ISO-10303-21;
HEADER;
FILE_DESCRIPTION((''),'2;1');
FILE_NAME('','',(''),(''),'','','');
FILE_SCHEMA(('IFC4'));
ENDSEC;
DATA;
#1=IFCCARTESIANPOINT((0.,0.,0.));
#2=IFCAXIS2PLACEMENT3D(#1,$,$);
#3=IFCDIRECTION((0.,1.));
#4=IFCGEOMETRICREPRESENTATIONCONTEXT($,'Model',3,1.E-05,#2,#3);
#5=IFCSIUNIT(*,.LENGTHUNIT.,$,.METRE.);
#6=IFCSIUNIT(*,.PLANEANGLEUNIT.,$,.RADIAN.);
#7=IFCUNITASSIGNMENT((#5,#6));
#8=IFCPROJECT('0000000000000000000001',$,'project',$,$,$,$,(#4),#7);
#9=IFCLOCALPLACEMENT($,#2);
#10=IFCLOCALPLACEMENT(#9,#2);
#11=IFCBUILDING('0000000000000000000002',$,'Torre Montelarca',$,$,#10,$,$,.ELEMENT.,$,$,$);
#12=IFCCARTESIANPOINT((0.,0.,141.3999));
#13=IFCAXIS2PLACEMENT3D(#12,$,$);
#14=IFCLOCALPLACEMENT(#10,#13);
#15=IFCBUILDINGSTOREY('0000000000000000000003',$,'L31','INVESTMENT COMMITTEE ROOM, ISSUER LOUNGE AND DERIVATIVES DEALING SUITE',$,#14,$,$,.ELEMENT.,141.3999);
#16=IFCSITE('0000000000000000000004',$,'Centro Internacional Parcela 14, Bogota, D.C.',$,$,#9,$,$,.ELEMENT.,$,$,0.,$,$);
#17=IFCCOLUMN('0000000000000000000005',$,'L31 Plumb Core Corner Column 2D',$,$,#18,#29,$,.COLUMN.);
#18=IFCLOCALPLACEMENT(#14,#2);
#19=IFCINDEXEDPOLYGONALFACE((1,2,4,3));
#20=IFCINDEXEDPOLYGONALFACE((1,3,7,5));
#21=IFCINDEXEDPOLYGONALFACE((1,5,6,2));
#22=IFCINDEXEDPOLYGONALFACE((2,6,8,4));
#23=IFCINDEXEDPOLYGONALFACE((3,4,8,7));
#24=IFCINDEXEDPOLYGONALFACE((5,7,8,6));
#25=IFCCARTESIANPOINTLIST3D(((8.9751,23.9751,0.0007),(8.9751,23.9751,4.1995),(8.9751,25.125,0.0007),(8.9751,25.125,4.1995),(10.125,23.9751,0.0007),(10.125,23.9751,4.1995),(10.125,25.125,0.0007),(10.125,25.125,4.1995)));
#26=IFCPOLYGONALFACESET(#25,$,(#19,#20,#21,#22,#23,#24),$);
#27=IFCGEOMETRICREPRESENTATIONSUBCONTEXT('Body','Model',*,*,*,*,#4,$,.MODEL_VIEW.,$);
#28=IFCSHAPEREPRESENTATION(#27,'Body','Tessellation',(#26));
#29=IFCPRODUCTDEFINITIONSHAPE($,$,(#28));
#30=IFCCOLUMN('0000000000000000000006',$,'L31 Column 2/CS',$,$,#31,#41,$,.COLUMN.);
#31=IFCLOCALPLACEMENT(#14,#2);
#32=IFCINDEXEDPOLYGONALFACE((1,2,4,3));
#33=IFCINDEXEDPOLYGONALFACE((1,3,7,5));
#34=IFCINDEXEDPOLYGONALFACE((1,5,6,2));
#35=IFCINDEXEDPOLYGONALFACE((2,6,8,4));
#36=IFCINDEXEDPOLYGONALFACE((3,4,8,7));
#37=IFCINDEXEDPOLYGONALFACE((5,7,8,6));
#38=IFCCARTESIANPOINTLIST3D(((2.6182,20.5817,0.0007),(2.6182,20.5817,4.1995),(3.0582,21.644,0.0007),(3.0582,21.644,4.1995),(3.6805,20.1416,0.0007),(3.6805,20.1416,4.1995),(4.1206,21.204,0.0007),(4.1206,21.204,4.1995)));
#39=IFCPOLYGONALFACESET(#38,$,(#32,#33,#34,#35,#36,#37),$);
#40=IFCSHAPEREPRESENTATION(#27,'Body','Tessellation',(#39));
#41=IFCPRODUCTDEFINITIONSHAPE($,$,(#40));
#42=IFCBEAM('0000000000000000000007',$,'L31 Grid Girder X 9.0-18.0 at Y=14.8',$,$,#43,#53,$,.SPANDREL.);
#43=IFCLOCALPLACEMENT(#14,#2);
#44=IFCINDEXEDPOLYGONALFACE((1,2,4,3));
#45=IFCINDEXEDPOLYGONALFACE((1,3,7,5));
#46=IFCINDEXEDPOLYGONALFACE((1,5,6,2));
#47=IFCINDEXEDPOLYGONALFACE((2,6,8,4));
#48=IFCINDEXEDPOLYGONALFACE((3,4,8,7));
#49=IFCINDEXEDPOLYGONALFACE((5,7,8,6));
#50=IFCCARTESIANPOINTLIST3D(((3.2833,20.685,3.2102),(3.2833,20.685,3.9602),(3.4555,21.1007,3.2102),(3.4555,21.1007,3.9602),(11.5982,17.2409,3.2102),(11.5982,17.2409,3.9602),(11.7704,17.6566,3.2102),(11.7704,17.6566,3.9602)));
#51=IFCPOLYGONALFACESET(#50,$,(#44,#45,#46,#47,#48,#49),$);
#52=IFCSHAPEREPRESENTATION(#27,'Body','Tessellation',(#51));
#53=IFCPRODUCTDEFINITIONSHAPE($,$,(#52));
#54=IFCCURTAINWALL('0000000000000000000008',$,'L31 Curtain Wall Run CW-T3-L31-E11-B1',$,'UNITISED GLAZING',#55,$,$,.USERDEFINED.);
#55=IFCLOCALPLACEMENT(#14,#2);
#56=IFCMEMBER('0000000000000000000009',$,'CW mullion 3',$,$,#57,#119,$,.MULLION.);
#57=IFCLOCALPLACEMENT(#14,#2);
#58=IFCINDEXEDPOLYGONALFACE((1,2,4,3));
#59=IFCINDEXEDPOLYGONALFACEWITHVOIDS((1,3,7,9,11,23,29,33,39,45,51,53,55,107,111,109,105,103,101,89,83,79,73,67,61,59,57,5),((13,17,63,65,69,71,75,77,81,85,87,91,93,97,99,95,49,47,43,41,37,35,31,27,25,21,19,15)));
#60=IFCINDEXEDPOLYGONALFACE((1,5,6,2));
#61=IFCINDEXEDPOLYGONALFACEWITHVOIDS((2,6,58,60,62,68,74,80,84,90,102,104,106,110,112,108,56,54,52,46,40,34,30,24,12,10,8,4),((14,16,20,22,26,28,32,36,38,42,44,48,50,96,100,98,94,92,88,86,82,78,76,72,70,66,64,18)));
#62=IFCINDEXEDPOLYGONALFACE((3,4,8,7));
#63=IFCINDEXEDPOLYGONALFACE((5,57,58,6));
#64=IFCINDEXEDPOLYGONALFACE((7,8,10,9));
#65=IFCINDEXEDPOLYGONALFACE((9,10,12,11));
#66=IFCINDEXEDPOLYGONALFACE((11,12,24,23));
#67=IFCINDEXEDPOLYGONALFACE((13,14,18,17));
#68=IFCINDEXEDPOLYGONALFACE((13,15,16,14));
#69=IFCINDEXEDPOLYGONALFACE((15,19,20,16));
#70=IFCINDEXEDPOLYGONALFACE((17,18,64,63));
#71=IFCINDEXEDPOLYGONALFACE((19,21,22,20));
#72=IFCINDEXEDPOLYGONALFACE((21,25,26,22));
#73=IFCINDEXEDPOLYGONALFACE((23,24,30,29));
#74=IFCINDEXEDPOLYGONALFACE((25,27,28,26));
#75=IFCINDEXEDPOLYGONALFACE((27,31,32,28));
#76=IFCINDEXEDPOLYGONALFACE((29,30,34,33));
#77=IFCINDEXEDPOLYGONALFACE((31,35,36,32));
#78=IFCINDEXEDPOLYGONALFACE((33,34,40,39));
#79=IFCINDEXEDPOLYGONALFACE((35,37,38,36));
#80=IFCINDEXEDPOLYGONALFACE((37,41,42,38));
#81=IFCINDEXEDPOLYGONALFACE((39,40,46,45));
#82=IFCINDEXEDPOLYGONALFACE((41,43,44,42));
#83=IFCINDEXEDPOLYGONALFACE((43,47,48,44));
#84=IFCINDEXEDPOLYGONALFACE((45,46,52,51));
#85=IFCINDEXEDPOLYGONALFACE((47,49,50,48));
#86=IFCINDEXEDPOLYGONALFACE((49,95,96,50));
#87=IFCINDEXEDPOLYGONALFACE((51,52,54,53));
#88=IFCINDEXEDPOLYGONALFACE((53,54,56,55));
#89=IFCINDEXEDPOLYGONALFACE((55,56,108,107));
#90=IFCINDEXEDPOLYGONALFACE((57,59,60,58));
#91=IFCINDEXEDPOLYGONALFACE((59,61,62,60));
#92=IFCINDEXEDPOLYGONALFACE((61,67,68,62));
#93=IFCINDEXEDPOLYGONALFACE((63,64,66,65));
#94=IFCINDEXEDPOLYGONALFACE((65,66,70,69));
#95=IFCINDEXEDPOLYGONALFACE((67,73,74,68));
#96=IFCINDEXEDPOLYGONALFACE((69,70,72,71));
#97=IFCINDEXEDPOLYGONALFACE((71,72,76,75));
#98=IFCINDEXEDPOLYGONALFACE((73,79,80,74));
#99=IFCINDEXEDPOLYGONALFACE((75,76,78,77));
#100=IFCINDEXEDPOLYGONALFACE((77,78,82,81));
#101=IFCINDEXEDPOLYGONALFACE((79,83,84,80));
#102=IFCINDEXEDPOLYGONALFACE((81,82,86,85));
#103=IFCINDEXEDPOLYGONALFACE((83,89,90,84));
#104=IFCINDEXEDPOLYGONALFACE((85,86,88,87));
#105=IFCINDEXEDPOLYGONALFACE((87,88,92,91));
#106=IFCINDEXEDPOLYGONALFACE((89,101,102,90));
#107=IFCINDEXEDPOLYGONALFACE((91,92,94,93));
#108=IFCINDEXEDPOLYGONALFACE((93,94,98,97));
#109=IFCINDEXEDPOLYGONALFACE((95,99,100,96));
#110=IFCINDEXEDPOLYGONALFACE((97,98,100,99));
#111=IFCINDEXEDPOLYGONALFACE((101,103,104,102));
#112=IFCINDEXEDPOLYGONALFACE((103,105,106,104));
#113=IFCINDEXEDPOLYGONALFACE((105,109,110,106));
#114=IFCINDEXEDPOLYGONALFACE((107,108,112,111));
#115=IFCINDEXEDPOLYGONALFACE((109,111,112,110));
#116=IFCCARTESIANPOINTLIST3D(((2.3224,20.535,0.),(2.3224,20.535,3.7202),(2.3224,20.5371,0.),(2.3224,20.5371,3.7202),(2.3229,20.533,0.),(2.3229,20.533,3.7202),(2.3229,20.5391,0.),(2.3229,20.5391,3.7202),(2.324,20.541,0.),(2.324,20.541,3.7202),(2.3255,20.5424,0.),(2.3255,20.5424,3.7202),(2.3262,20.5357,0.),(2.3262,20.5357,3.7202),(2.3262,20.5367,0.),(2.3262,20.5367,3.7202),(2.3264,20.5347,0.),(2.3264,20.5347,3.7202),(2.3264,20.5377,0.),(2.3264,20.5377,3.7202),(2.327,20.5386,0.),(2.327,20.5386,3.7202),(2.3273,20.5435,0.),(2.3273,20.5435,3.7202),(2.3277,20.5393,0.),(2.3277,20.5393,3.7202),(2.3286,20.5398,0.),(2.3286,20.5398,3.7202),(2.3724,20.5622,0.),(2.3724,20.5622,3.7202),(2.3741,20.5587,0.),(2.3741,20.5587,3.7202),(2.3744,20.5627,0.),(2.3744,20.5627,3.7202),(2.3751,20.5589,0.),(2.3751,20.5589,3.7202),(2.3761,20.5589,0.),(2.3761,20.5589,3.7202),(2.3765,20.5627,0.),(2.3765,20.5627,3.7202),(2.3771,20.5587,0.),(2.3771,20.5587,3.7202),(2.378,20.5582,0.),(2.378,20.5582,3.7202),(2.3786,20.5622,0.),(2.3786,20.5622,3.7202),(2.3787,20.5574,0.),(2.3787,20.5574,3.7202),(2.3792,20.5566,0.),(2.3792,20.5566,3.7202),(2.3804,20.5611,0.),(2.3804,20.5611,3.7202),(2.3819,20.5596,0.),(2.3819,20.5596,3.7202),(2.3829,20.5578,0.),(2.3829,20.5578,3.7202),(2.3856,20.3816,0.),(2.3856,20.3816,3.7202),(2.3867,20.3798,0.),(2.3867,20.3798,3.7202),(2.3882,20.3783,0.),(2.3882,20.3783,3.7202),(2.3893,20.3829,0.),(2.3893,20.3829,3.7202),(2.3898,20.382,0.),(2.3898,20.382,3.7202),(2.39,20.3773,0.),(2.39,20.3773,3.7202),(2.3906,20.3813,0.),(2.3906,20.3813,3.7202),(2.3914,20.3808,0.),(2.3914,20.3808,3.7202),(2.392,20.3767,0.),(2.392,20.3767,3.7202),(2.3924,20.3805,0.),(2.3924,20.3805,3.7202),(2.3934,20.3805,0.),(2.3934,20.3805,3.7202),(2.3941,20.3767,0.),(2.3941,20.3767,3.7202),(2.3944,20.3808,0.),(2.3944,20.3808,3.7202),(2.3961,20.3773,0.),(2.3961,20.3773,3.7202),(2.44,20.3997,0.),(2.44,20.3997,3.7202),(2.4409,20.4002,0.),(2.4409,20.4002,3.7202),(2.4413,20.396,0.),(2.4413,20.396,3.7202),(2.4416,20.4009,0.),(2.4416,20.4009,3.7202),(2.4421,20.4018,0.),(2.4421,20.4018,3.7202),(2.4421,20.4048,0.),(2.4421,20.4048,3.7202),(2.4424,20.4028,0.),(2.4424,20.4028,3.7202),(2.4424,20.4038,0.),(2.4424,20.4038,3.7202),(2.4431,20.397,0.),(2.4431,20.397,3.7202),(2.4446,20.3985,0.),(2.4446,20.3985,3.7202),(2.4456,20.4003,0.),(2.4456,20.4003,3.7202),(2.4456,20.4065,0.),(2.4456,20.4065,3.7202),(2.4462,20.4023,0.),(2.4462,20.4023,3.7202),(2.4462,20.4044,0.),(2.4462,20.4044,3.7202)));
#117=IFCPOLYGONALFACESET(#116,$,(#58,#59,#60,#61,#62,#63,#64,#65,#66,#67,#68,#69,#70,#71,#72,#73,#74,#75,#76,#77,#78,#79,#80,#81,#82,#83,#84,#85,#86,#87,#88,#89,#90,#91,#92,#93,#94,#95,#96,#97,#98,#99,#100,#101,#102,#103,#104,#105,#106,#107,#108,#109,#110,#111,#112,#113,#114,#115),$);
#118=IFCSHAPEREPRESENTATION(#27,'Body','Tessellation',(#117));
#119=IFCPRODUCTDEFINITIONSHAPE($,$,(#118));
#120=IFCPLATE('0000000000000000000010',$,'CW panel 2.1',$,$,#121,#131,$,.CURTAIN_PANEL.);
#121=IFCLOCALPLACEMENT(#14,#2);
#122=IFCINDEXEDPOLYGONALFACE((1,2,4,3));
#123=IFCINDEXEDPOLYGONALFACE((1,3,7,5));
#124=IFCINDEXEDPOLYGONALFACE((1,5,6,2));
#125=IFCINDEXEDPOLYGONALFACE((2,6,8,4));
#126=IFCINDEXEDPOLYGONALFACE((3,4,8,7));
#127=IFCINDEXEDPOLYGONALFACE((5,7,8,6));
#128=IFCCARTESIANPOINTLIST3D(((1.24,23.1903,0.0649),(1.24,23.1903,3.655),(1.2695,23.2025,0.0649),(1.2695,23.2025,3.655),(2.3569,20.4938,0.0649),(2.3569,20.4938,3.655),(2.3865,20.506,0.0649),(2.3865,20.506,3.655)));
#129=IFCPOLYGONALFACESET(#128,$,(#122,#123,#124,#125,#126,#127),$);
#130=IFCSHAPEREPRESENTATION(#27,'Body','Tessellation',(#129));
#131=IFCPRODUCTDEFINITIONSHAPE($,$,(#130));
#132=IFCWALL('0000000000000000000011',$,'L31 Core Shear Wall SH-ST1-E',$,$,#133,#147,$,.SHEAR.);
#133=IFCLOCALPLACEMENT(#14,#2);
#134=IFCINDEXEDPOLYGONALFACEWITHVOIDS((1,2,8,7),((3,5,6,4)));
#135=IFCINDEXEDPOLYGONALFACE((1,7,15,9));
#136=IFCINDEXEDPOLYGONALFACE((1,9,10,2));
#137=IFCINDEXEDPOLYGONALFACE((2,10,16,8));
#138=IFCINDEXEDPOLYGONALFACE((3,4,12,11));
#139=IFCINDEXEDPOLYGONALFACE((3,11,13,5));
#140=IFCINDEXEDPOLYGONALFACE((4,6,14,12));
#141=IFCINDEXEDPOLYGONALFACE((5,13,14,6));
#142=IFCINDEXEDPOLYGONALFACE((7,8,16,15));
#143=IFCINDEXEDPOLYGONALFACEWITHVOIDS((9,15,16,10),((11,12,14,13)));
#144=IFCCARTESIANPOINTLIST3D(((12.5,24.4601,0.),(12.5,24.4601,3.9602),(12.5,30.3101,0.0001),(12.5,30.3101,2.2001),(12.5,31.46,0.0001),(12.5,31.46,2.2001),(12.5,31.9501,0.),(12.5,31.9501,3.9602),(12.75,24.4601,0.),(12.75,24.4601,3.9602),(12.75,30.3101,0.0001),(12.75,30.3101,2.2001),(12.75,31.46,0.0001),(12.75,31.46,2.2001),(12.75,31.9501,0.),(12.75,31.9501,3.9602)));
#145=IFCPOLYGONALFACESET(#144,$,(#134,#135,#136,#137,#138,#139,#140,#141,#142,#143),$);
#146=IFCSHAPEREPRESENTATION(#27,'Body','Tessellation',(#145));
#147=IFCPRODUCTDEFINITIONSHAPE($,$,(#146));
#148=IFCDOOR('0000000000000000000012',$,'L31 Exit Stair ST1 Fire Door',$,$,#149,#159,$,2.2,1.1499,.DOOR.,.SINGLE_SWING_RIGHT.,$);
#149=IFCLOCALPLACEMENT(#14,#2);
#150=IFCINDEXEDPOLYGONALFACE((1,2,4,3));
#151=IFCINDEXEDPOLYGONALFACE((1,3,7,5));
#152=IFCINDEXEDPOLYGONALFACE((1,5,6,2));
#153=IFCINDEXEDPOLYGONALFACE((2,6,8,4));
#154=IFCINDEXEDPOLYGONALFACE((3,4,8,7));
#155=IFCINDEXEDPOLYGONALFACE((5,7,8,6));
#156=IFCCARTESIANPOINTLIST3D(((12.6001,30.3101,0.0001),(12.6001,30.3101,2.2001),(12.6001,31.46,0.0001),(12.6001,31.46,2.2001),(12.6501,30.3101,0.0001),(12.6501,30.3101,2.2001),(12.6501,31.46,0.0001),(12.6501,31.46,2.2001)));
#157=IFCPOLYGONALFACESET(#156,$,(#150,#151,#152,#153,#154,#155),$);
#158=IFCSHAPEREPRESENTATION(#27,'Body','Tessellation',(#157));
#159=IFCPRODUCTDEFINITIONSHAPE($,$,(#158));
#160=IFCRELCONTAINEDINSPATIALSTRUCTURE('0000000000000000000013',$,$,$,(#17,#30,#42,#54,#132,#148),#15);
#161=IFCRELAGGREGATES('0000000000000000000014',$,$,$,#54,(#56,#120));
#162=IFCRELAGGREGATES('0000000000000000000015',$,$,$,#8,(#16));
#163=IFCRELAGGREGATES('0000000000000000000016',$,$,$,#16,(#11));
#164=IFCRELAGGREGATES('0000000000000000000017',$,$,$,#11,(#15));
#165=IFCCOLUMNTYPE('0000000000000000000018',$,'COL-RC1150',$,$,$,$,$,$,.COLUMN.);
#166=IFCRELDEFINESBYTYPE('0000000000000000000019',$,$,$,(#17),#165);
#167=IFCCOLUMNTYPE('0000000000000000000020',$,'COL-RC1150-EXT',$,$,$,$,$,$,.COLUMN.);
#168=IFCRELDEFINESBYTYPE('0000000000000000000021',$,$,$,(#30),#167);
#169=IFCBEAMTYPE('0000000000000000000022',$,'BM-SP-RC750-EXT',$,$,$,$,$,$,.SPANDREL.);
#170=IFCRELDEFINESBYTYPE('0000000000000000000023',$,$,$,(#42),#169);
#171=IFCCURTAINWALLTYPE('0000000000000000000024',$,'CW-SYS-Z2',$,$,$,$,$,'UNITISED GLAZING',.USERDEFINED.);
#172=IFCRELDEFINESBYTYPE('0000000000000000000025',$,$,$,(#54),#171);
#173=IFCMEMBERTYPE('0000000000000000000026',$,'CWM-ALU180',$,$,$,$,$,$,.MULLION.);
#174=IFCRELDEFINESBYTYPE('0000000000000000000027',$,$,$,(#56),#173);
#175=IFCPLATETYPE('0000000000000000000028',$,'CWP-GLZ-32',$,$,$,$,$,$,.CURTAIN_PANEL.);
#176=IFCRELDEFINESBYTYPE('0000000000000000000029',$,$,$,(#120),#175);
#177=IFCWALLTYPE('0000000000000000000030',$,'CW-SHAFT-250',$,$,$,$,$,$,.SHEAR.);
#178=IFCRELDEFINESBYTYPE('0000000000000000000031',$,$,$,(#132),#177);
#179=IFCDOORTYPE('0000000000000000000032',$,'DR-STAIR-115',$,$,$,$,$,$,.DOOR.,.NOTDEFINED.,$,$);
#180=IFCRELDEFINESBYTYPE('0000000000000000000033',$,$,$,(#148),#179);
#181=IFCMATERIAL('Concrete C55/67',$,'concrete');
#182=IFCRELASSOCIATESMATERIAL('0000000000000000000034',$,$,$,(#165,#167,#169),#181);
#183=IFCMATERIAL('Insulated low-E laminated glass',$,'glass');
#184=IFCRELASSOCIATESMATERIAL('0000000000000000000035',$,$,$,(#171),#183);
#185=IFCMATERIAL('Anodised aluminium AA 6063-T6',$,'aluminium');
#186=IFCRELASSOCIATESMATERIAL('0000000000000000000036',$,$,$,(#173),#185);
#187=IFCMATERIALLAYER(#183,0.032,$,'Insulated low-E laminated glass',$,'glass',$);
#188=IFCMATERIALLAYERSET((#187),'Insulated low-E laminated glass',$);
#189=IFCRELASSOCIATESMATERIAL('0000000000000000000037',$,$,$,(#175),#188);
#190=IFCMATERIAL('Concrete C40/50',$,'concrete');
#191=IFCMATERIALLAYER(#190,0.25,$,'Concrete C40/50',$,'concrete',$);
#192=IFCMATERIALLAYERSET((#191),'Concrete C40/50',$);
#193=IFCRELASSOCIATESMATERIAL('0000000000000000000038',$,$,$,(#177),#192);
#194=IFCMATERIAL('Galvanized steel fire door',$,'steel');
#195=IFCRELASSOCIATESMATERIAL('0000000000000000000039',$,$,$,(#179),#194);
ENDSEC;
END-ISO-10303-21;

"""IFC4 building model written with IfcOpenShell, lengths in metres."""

from ifc_helpers import new_model, si_unit, direction, frame, frame_2d, origin, origin_2d, place, context, subcontext, project, spatial, rectangle, hollow_rectangle, extrude, source, transform, mapped, material, layer, layer_set, material_profile, profile_set, type_object, element, fill, aggregate, save


model = new_model("IFC4")

# Units and contexts
model_context = context("Model", 3, precision=1e-05, world=origin(), true_north=direction((0.0, 1.0)))
body_context = subcontext(model_context, "Body", "Model", "MODEL_VIEW")
ifc_project = project(units=[si_unit("LENGTHUNIT", "METRE"), si_unit("PLANEANGLEUNIT", "RADIAN")], contexts=[model_context])

# Site, building, storey
site_placement = place(None, origin())
site = spatial("IfcSite", under=ifc_project, at=site_placement, Name="Centro Internacional Parcela 14, Bogota, D.C.", CompositionType="ELEMENT", RefElevation=0.0)
building_placement = place(site_placement, origin())
building = spatial("IfcBuilding", under=site, at=building_placement, Name="Torre Montelarca", CompositionType="ELEMENT")
storey_placement = place(building_placement, frame((0.0, 0.0, 141.3999)))
storey = spatial("IfcBuildingStorey", under=building, at=storey_placement, Name="L31", Description="INVESTMENT COMMITTEE ROOM, ISSUER LOUNGE AND DERIVATIVES DEALING SUITE", CompositionType="ELEMENT", Elevation=141.3999)

# Columns
ifc_material_1 = material(Name="Concrete C55/67", Category="concrete")
ifc_material_profile_1 = material_profile(ifc_material_1, rectangle(XDim=1.1499, YDim=1.1499, at=origin_2d()), Name="RC1150X1150", Category="concrete")
ifc_profile_set_1 = profile_set([ifc_material_profile_1], Name="Concrete C55/67")
column_type_1 = type_object("IfcColumnType", Name="COL-RC1150", PredefinedType="COLUMN", material=ifc_profile_set_1)
shared_shape_1 = source(origin(), body_context, "Body", "SweptSolid", [
    extrude(rectangle(XDim=1.1499, YDim=1.1499, at=origin_2d()), origin(), (0.0, 0.0, 1.0), 4.1987),
])
column_1_placement = place(storey_placement, frame((9.55, 24.55, 0.0007), z_axis=(0.0, 0.0, 1.0), x_axis=(1.0, 0.0, 0.0)))
element("IfcColumn", 1, at=column_1_placement, inside=storey, type_object=column_type_1, Name="L31 Plumb Core Corner Column 2D", PredefinedType="COLUMN", context=body_context, shape_type="MappedRepresentation", body=[
    mapped(shared_shape_1, transform((0.0, 0.0, 0.0), scale=1.0)),
])
ifc_material_profile_2 = material_profile(ifc_material_1, rectangle(XDim=1.1499, YDim=1.1499, at=origin_2d()), Name="RC1150X1150", Category="concrete")
ifc_profile_set_2 = profile_set([ifc_material_profile_2], Name="Concrete C55/67")
column_type_2 = type_object("IfcColumnType", Name="COL-RC1150-EXT", PredefinedType="COLUMN", material=ifc_profile_set_2)
shared_shape_2 = source(origin(), body_context, "Body", "SweptSolid", [
    extrude(rectangle(XDim=1.1499, YDim=1.1499, at=origin_2d()), origin(), (0.0, 0.0, 1.0), 4.1987),
])
column_2_placement = place(storey_placement, frame((3.3694, 20.8928, 0.0007), z_axis=(0.0, 0.0, 1.0), x_axis=(-0.92388, 0.382683, 0.0)))
element("IfcColumn", 2, at=column_2_placement, inside=storey, type_object=column_type_2, Name="L31 Column 2/CS", PredefinedType="COLUMN", context=body_context, shape_type="MappedRepresentation", body=[
    mapped(shared_shape_2, transform((0.0, 0.0, 0.0), scale=1.0)),
])

# Beam
ifc_material_profile_3 = material_profile(ifc_material_1, rectangle(XDim=0.45, YDim=0.75, at=origin_2d()), Name="RCB450X750", Category="concrete")
ifc_profile_set_3 = profile_set([ifc_material_profile_3], Name="Concrete C55/67")
beam_type = type_object("IfcBeamType", Name="BM-SP-RC750-EXT", PredefinedType="SPANDREL", material=ifc_profile_set_3)
shared_shape_3 = source(origin(), body_context, "Body", "SweptSolid", [
    extrude(rectangle(XDim=0.45, YDim=0.75, at=origin_2d()), origin(), (0.0, 0.0, 1.0), 9.0),
])
beam_placement = place(storey_placement, frame((3.3694, 20.8928, 3.5852), z_axis=(0.923882, -0.382677, 0.0), x_axis=(0.382677, 0.923882, 0.0)))
element("IfcBeam", 3, at=beam_placement, inside=storey, type_object=beam_type, Name="L31 Grid Girder X 9.0-18.0 at Y=14.8", PredefinedType="SPANDREL", context=body_context, shape_type="MappedRepresentation", body=[
    mapped(shared_shape_3, transform((0.0, 0.0, 0.0), scale=1.0)),
])

# Curtain wall, member, plate
ifc_material_2 = material(Name="Insulated low-E laminated glass", Category="glass")
curtain_wall_type = type_object("IfcCurtainWallType", Name="CW-SYS-Z2", ElementType="UNITISED GLAZING", PredefinedType="USERDEFINED", material=ifc_material_2)
curtain_wall_placement = place(storey_placement, origin())
curtain_wall = element("IfcCurtainWall", 4, at=curtain_wall_placement, inside=storey, type_object=curtain_wall_type, Name="L31 Curtain Wall Run CW-T3-L31-E11-B1", ObjectType="UNITISED GLAZING", PredefinedType="USERDEFINED")
ifc_material_3 = material(Name="Anodised aluminium AA 6063-T6", Category="aluminium")
ifc_material_profile_4 = material_profile(ifc_material_3, hollow_rectangle(XDim=0.0649, YDim=0.1799, WallThickness=0.0039, InnerFilletRadius=0.0039, OuterFilletRadius=0.0081, at=origin_2d()), Name="ALU65X180X4", Category="aluminium")
ifc_profile_set_4 = profile_set([ifc_material_profile_4], Name="Anodised aluminium AA 6063-T6")
member_type = type_object("IfcMemberType", Name="CWM-ALU180", PredefinedType="MULLION", material=ifc_profile_set_4)
shared_shape_4 = source(origin(), body_context, "Body", "SweptSolid", [
    extrude(hollow_rectangle(XDim=0.0649, YDim=0.1799, WallThickness=0.0039, InnerFilletRadius=0.0039, OuterFilletRadius=0.0081, at=origin_2d()), origin(), (0.0, 0.0, 1.0), 3.7202),
])
member_placement = place(storey_placement, frame((2.3843, 20.4697, 0.0), z_axis=(0.0, 0.0, 1.0), x_axis=(0.92388, 0.382682, 0.0)))
member = element("IfcMember", 5, at=member_placement, type_object=member_type, Name="CW mullion 3", PredefinedType="MULLION", context=body_context, shape_type="MappedRepresentation", body=[
    mapped(shared_shape_4, transform((0.0, 0.0, 0.0), scale=1.0)),
])
ifc_layer_1 = layer(ifc_material_2, 0.032, Name="Insulated low-E laminated glass", Category="glass")
ifc_layer_set_1 = layer_set([ifc_layer_1], Name="Insulated low-E laminated glass")
plate_type = type_object("IfcPlateType", Name="CWP-GLZ-32", PredefinedType="CURTAIN_PANEL", material=ifc_layer_set_1)
shared_shape_5 = source(origin(), body_context, "Body", "SweptSolid", [
    extrude(rectangle(XDim=2.9187, YDim=0.032, at=origin_2d()), origin(), (0.0, 0.0, 1.0), 3.5901),
])
plate_placement = place(storey_placement, frame((1.8132, 21.8481, 0.0649), z_axis=(0.0, 0.0, 1.0), x_axis=(0.382682, -0.92388, 0.0)))
plate = element("IfcPlate", 6, at=plate_placement, type_object=plate_type, Name="CW panel 2.1", PredefinedType="CURTAIN_PANEL", context=body_context, shape_type="MappedRepresentation", body=[
    mapped(shared_shape_5, transform((0.0, 0.0, 0.0), scale=1.0)),
])
aggregate(curtain_wall, [member, plate])

# Wall, opening, door
ifc_material_4 = material(Name="Concrete C40/50", Category="concrete")
ifc_layer_2 = layer(ifc_material_4, 0.25, Name="Concrete C40/50", Category="concrete")
ifc_layer_set_2 = layer_set([ifc_layer_2], Name="Concrete C40/50")
wall_type_1 = type_object("IfcWallType", Name="CW-SHAFT-250", PredefinedType="SHEAR", material=ifc_layer_set_2)
wall_1_placement = place(storey_placement, frame((12.625, 24.46, 0.0), z_axis=(0.0, 0.0, 1.0), x_axis=(0.0, 1.0, 0.0)))
wall_1 = element("IfcWall", 7, at=wall_1_placement, inside=storey, type_object=wall_type_1, Name="L31 Core Shear Wall SH-ST1-E", PredefinedType="SHEAR", context=body_context, shape_type="SweptSolid", body=[
    extrude(rectangle(XDim=7.49, YDim=0.25, at=frame_2d((3.7451, 0.0))), origin(), (0.0, 0.0, 1.0), 3.9602),
])
opening_1_placement = place(wall_1_placement, frame((5.8501, 0.0, 0.0)))
opening_1 = element("IfcOpeningElement", 8, at=opening_1_placement, cuts=wall_1, PredefinedType="OPENING", context=body_context, shape_type="SweptSolid", body=[
    extrude(rectangle(XDim=1.1499, YDim=2.2, at=frame_2d((0.575, 1.1001))), frame((0.0, 0.135, 0.0), z_axis=(0.0, -1.0, 0.0), x_axis=(1.0, 0.0, 0.0)), (0.0, 0.0, 1.0), 0.27),
])
ifc_material_5 = material(Name="Galvanized steel fire door", Category="steel")
door_type_1 = type_object("IfcDoorType", Name="DR-STAIR-115", OperationType="NOTDEFINED", PredefinedType="DOOR", material=ifc_material_5)
shared_shape_6 = source(origin(), body_context, "Body", "SweptSolid", [
    extrude(rectangle(XDim=1.1499, YDim=2.2, at=frame_2d((0.575, 1.1001))), frame((0.0, 0.0249, 0.0), z_axis=(0.0, -1.0, 0.0), x_axis=(1.0, 0.0, 0.0)), (0.0, 0.0, 1.0), 0.05),
])
door_1_placement = place(opening_1_placement, origin())
door_1 = element("IfcDoor", 9, at=door_1_placement, inside=storey, type_object=door_type_1, Name="L31 Exit Stair ST1 Fire Door", OperationType="SINGLE_SWING_RIGHT", OverallHeight=2.2, OverallWidth=1.1499, PredefinedType="DOOR", context=body_context, shape_type="MappedRepresentation", body=[
    mapped(shared_shape_6, transform((0.0, 0.0, 0.0), scale=1.0)),
])
fill(opening_1, door_1)

save(model, "model.ifc")
